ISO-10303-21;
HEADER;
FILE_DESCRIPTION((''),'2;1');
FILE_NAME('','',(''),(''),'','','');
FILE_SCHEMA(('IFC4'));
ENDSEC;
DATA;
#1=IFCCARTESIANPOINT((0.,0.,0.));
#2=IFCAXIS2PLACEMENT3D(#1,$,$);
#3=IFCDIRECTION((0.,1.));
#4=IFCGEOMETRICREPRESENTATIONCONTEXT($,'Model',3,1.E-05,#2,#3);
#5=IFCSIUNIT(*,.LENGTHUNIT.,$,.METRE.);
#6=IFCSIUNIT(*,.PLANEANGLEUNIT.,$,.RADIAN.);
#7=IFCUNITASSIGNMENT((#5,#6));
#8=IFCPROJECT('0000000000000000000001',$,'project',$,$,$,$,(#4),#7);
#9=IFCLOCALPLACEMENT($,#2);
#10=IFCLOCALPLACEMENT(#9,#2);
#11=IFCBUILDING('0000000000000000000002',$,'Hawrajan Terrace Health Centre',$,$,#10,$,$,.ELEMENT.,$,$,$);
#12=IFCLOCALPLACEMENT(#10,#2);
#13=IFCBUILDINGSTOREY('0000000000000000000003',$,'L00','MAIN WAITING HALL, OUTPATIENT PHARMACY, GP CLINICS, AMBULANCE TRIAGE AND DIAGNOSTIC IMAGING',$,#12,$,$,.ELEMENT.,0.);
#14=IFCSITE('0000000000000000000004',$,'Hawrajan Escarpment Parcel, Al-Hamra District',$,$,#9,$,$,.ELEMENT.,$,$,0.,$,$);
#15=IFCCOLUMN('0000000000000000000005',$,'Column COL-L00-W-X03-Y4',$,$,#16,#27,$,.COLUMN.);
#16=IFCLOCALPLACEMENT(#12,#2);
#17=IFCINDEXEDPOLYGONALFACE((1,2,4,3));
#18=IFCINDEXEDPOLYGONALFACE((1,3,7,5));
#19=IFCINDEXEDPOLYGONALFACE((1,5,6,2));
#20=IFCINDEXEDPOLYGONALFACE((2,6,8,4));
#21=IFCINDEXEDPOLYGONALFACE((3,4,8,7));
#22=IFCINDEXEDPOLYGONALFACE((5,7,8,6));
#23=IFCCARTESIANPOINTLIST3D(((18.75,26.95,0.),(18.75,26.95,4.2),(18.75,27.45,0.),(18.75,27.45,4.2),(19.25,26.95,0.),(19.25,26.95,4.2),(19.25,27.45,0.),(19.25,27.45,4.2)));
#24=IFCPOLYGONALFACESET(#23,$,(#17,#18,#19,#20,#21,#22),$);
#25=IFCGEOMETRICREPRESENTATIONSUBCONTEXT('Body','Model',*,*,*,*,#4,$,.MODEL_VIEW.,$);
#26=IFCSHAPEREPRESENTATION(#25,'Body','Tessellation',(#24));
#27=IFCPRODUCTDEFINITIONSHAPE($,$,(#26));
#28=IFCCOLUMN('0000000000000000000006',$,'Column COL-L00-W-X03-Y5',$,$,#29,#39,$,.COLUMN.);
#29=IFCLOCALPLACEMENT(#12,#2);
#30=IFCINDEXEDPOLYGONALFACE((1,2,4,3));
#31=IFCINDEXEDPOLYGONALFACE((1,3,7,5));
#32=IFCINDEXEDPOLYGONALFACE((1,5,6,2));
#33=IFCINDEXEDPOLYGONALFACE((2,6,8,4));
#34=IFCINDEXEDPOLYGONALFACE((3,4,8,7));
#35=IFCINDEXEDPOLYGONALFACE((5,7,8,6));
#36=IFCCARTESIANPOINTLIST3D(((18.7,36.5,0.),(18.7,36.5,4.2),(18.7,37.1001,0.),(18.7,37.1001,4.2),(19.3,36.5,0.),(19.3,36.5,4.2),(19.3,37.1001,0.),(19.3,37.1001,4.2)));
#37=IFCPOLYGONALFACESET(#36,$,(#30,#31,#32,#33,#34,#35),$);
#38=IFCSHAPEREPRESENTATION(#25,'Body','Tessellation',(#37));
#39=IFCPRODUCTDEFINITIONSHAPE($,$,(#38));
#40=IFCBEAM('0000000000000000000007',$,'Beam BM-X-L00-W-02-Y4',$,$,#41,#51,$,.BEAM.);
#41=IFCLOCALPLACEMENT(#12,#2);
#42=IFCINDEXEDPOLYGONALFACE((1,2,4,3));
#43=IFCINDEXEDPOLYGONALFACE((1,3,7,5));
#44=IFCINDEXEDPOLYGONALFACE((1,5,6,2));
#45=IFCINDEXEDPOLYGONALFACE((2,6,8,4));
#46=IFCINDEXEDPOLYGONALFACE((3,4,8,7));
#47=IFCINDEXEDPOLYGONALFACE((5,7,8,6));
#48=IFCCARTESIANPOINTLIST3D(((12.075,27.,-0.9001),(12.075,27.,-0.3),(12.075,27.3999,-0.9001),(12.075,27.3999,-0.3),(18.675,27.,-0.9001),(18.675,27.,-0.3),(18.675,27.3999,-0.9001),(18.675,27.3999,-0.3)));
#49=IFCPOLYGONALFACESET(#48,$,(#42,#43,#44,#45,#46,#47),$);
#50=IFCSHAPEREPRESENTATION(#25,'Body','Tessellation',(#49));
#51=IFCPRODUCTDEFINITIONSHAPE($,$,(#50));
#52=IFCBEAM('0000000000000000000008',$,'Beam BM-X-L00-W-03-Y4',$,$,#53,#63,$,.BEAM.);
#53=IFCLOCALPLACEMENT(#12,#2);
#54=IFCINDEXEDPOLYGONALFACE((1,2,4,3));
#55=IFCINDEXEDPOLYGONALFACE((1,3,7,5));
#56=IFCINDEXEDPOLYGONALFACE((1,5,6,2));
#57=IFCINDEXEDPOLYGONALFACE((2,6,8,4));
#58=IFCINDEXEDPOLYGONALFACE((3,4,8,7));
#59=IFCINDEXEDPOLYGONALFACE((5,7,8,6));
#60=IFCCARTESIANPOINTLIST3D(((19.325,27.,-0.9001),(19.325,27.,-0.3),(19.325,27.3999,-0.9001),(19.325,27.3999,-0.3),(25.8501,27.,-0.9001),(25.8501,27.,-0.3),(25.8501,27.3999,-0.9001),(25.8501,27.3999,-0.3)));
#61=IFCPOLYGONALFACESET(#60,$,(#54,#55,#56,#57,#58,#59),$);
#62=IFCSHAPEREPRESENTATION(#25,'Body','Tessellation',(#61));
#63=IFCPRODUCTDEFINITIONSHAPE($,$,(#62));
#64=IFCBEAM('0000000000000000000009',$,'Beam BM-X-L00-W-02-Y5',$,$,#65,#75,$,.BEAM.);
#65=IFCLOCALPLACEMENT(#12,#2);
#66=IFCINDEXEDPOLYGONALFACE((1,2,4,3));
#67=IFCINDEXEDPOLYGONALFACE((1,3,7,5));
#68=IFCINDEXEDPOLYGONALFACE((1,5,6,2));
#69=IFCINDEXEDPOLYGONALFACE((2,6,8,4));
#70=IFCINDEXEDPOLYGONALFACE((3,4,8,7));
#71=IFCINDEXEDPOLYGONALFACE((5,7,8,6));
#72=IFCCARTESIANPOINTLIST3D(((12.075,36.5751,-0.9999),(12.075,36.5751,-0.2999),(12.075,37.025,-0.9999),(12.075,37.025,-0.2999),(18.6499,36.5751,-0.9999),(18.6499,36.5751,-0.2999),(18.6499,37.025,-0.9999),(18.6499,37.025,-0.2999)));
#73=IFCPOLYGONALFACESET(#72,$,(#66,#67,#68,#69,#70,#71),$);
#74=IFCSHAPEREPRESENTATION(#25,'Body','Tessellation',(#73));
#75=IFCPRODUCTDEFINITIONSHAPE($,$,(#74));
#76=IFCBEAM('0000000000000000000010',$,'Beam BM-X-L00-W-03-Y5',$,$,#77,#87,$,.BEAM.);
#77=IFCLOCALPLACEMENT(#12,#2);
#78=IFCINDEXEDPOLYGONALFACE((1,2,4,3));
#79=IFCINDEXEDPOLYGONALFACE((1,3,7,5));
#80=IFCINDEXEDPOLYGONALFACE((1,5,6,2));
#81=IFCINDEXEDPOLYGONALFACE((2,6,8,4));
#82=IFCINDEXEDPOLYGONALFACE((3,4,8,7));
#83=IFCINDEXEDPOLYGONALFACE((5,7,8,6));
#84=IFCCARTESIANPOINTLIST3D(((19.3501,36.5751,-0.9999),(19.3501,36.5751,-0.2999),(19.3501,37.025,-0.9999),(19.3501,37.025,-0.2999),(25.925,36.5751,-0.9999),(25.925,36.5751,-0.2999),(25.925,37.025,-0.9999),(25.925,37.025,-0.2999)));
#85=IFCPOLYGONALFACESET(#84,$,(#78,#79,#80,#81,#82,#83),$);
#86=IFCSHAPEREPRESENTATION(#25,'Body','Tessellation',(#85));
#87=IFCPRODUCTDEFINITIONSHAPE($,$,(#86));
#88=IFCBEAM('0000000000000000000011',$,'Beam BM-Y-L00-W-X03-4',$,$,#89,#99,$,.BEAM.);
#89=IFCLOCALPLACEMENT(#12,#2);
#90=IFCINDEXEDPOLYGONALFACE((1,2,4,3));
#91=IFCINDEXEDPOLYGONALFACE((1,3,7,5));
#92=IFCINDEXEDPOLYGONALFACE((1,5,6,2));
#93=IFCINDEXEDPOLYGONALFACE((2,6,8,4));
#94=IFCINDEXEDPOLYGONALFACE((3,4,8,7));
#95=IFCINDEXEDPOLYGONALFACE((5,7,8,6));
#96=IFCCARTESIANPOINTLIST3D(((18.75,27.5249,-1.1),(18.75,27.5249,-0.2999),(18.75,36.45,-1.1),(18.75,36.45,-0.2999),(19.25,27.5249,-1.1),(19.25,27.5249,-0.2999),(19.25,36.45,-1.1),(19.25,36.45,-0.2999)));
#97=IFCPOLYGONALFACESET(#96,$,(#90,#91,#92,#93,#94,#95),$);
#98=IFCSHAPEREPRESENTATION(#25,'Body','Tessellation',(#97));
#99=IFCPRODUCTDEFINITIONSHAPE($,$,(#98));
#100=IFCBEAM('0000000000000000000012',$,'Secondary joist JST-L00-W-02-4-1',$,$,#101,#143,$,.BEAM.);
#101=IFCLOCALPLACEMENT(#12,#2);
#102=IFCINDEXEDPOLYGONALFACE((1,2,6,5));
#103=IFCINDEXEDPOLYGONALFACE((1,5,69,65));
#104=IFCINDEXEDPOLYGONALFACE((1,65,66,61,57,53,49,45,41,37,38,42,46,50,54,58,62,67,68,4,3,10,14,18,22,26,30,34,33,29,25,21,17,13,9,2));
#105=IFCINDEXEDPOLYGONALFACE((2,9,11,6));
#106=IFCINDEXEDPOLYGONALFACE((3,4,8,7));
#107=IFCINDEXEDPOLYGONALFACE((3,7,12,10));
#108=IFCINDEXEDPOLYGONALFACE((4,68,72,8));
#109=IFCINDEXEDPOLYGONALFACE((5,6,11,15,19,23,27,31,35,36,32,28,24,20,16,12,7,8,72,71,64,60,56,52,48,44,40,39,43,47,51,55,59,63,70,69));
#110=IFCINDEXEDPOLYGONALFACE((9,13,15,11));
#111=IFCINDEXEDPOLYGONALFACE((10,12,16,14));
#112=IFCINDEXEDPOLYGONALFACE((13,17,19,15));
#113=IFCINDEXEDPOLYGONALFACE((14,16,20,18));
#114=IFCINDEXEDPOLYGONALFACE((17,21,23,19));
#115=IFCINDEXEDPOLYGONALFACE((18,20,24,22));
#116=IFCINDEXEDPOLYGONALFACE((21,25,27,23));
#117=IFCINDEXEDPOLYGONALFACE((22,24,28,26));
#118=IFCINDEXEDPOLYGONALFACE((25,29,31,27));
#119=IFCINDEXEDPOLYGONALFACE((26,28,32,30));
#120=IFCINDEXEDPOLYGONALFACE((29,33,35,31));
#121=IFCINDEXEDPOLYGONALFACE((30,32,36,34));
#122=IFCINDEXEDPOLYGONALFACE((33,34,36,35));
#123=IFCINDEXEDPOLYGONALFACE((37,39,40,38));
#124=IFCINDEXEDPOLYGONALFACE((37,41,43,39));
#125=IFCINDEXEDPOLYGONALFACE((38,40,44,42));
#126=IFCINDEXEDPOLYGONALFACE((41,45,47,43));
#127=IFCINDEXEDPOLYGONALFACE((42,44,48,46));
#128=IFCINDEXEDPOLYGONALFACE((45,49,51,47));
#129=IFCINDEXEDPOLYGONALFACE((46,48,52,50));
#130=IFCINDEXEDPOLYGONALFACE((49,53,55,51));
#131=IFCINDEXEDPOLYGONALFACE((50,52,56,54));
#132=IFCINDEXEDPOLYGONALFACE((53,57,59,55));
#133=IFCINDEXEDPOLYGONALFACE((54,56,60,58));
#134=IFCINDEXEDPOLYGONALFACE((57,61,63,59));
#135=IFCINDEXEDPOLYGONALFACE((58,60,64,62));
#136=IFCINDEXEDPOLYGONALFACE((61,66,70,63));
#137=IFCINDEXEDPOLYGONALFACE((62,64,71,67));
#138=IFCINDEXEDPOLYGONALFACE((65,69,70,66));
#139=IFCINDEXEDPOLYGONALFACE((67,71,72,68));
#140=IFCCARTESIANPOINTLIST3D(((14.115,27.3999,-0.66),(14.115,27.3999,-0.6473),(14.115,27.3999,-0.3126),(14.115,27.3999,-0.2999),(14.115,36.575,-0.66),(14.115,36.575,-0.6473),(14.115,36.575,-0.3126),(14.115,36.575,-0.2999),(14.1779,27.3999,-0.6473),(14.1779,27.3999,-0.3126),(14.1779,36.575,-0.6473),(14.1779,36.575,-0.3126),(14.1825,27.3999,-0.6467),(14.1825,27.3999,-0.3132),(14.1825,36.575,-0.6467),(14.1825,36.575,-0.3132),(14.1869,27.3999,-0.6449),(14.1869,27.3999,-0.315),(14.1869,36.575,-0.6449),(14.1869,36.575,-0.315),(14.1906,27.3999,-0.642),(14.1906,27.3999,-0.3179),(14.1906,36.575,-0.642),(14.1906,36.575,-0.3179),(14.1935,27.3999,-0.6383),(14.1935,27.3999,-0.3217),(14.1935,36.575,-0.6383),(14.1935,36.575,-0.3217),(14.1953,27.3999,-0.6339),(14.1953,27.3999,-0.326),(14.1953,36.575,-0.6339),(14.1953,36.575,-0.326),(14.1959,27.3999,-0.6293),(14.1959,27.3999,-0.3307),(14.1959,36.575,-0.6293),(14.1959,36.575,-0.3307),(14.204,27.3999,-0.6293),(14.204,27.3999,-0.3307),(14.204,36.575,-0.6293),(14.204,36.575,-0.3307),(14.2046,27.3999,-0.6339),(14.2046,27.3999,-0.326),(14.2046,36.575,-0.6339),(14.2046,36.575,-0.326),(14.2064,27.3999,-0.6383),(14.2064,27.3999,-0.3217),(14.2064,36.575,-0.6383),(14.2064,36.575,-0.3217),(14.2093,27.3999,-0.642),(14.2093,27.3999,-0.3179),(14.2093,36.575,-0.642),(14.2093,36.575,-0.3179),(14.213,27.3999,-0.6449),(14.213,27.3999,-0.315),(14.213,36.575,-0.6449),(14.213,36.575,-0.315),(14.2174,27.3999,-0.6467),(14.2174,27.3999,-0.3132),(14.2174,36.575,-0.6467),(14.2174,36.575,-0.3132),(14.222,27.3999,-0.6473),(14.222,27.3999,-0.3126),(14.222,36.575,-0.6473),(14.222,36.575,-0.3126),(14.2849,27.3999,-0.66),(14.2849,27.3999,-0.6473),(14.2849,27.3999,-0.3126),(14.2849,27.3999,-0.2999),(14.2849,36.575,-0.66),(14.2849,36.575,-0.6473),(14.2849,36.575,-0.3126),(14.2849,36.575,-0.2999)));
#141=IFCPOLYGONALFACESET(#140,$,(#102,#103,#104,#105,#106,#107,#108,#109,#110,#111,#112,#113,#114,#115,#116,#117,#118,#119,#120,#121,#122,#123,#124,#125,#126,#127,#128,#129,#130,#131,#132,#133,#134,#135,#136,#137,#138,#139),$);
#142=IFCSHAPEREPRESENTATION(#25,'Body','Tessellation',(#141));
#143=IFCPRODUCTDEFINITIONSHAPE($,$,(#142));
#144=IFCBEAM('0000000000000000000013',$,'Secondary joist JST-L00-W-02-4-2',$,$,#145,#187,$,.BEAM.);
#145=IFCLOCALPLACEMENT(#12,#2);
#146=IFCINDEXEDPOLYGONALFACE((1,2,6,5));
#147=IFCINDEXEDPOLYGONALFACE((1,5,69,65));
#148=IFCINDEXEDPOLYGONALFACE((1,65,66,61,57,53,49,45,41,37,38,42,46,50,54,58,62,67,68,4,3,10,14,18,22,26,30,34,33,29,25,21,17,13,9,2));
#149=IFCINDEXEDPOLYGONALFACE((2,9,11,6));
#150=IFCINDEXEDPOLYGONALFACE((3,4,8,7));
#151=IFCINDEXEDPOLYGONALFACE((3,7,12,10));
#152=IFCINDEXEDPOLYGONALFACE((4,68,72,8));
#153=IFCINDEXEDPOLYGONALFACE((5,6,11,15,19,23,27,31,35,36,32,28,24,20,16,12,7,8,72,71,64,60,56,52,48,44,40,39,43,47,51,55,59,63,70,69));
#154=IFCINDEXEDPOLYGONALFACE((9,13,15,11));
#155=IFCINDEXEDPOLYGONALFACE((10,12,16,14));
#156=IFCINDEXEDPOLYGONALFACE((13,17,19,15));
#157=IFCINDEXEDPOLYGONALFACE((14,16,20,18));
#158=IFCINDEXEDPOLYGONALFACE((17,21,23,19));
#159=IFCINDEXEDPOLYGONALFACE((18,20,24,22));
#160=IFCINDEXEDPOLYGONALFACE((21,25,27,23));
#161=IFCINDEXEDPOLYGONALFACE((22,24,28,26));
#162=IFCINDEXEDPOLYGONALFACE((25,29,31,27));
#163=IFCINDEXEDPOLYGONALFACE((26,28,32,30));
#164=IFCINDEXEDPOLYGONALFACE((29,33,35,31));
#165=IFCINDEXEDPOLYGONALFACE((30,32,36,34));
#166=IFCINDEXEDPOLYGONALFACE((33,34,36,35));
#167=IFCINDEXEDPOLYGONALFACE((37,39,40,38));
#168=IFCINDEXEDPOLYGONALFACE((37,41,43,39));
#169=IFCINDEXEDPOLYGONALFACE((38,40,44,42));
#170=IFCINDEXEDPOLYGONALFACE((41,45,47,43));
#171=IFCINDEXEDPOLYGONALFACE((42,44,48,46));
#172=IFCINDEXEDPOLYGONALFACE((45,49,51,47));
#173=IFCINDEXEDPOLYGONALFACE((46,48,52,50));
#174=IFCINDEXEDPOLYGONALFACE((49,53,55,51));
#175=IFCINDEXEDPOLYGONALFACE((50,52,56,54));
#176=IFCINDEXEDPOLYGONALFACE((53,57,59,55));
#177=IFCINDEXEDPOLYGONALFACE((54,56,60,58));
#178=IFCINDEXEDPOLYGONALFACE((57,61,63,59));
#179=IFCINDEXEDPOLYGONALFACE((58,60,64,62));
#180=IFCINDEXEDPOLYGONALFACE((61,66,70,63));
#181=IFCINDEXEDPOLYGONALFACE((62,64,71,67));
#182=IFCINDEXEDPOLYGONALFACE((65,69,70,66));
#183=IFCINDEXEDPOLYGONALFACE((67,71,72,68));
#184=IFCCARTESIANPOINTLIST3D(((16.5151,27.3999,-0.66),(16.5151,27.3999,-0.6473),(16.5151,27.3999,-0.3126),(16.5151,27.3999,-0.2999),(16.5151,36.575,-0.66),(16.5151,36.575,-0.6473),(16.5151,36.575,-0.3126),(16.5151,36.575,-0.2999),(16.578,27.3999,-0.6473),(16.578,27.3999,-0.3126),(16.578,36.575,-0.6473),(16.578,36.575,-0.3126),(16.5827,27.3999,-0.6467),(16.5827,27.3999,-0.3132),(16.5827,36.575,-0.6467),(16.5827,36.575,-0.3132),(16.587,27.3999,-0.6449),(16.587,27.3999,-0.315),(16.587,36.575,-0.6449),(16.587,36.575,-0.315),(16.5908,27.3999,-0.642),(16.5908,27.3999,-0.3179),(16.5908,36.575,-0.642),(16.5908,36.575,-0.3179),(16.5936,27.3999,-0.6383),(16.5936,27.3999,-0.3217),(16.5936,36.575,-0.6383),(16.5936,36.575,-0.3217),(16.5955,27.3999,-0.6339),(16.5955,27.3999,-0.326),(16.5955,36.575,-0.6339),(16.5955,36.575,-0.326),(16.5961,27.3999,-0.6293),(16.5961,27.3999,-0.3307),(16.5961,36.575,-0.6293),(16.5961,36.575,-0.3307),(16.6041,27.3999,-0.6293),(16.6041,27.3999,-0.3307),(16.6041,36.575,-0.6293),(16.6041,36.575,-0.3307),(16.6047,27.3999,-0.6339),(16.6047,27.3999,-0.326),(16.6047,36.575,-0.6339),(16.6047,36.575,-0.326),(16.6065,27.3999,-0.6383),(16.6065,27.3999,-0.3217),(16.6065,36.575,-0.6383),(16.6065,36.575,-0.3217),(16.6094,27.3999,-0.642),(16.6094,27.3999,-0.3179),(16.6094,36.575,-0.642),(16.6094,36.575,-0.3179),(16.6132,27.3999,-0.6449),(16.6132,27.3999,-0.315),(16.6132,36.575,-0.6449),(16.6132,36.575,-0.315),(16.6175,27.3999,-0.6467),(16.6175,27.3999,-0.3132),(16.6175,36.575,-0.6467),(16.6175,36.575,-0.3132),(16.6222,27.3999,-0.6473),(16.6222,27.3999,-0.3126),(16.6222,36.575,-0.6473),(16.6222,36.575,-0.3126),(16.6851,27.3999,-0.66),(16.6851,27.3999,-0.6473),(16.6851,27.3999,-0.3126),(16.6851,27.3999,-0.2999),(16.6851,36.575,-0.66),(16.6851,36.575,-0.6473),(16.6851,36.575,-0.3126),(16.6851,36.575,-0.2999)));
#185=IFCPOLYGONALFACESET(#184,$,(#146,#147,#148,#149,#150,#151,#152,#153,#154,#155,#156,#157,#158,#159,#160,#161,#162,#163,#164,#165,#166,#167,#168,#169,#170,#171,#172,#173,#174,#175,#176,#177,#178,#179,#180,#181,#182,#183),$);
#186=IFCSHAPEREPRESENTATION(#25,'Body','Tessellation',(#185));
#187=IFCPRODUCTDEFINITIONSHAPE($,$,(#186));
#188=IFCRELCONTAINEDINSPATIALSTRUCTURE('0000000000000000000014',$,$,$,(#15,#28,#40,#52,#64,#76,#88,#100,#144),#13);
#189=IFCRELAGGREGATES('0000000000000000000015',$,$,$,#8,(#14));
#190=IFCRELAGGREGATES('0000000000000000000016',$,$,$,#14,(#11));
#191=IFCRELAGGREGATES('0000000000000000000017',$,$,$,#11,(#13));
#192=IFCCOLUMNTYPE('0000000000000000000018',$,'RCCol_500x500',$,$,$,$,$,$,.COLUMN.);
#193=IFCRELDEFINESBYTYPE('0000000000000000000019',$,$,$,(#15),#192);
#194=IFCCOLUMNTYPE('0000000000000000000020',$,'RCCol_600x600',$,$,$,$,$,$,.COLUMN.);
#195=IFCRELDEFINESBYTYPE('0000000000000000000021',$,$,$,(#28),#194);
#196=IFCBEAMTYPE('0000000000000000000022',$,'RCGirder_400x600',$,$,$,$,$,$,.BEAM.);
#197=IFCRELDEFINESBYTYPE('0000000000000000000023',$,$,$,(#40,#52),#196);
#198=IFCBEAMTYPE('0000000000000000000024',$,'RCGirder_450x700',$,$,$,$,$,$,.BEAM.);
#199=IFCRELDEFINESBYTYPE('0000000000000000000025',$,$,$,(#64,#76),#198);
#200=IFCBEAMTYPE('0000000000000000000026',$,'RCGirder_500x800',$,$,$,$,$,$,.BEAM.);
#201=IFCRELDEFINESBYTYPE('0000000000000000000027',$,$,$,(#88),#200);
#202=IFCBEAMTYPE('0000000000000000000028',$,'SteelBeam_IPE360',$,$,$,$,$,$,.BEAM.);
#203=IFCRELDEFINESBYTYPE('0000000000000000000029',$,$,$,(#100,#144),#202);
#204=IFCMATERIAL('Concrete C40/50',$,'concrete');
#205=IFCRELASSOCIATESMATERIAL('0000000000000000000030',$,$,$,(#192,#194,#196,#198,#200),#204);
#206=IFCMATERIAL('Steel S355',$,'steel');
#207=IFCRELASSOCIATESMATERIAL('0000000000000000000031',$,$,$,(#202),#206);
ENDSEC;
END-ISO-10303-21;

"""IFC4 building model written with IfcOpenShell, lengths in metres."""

from ifc_helpers import new_model, si_unit, direction, frame, origin, origin_2d, place, context, subcontext, project, spatial, rectangle, i_section, extrude, material, material_profile, profile_set, type_object, element, save


model = new_model("IFC4")

# Units and contexts
model_context = context("Model", 3, precision=1e-05, world=origin(), true_north=direction((0.0, 1.0)))
body_context = subcontext(model_context, "Body", "Model", "MODEL_VIEW")
ifc_project = project(units=[si_unit("LENGTHUNIT", "METRE"), si_unit("PLANEANGLEUNIT", "RADIAN")], contexts=[model_context])

# Site, building, storey
site_placement = place(None, origin())
site = spatial("IfcSite", under=ifc_project, at=site_placement, Name="Hawrajan Escarpment Parcel, Al-Hamra District", CompositionType="ELEMENT", RefElevation=0.0)
building_placement = place(site_placement, origin())
building = spatial("IfcBuilding", under=site, at=building_placement, Name="Hawrajan Terrace Health Centre", CompositionType="ELEMENT")
storey_placement = place(building_placement, origin())
storey = spatial("IfcBuildingStorey", under=building, at=storey_placement, Name="L00", Description="MAIN WAITING HALL, OUTPATIENT PHARMACY, GP CLINICS, AMBULANCE TRIAGE AND DIAGNOSTIC IMAGING", CompositionType="ELEMENT", Elevation=0.0)

# Columns
ifc_material_1 = material(Name="Concrete C40/50", Category="concrete")
ifc_material_profile_1 = material_profile(ifc_material_1, rectangle(XDim=0.5, YDim=0.5, at=origin_2d()), Name="RC 500x500")
ifc_profile_set_1 = profile_set([ifc_material_profile_1], Name="Concrete C40/50")
column_type_1 = type_object("IfcColumnType", Name="RCCol_500x500", PredefinedType="COLUMN", material=ifc_profile_set_1)
column_1_placement = place(storey_placement, frame((19.0, 27.2, 0.0), z_axis=(0.0, 0.0, 1.0), x_axis=(1.0, 0.0, 0.0)))
element("IfcColumn", 1, at=column_1_placement, inside=storey, type_object=column_type_1, Name="Column COL-L00-W-X03-Y4", PredefinedType="COLUMN", context=body_context, shape_type="SweptSolid", body=[
    extrude(rectangle(XDim=0.5, YDim=0.5, at=origin_2d()), origin(), (0.0, 0.0, 1.0), 4.2),
])
ifc_material_profile_2 = material_profile(ifc_material_1, rectangle(XDim=0.6001, YDim=0.6001, at=origin_2d()), Name="RC 600x600")
ifc_profile_set_2 = profile_set([ifc_material_profile_2], Name="Concrete C40/50")
column_type_2 = type_object("IfcColumnType", Name="RCCol_600x600", PredefinedType="COLUMN", material=ifc_profile_set_2)
column_2_placement = place(storey_placement, frame((19.0, 36.8, 0.0), z_axis=(0.0, 0.0, 1.0), x_axis=(1.0, 0.0, 0.0)))
element("IfcColumn", 2, at=column_2_placement, inside=storey, type_object=column_type_2, Name="Column COL-L00-W-X03-Y5", PredefinedType="COLUMN", context=body_context, shape_type="SweptSolid", body=[
    extrude(rectangle(XDim=0.6001, YDim=0.6001, at=origin_2d()), origin(), (0.0, 0.0, 1.0), 4.2),
])

# Beams
ifc_material_profile_3 = material_profile(ifc_material_1, rectangle(XDim=0.3999, YDim=0.6001, at=origin_2d()), Name="RC BM 400x600")
ifc_profile_set_3 = profile_set([ifc_material_profile_3], Name="Concrete C40/50")
beam_type_1 = type_object("IfcBeamType", Name="RCGirder_400x600", PredefinedType="BEAM", material=ifc_profile_set_3)
beam_1_placement = place(storey_placement, frame((12.075, 27.2, -0.6001), z_axis=(1.0, 0.0, 0.0), x_axis=(0.0, 1.0, 0.0)))
element("IfcBeam", 3, at=beam_1_placement, inside=storey, type_object=beam_type_1, Name="Beam BM-X-L00-W-02-Y4", PredefinedType="BEAM", context=body_context, shape_type="SweptSolid", body=[
    extrude(rectangle(XDim=0.3999, YDim=0.6001, at=origin_2d()), origin(), (0.0, 0.0, 1.0), 6.6001),
])
beam_2_placement = place(storey_placement, frame((19.325, 27.2, -0.6001), z_axis=(1.0, 0.0, 0.0), x_axis=(0.0, 1.0, 0.0)))
element("IfcBeam", 4, at=beam_2_placement, inside=storey, type_object=beam_type_1, Name="Beam BM-X-L00-W-03-Y4", PredefinedType="BEAM", context=body_context, shape_type="SweptSolid", body=[
    extrude(rectangle(XDim=0.3999, YDim=0.6001, at=origin_2d()), origin(), (0.0, 0.0, 1.0), 6.5251),
])
ifc_material_profile_4 = material_profile(ifc_material_1, rectangle(XDim=0.45, YDim=0.7, at=origin_2d()), Name="RC BM 450x700")
ifc_profile_set_4 = profile_set([ifc_material_profile_4], Name="Concrete C40/50")
beam_type_2 = type_object("IfcBeamType", Name="RCGirder_450x700", PredefinedType="BEAM", material=ifc_profile_set_4)
for number, where, z_axis, x_axis, name in (
    (5, (12.075, 36.8, -0.6499), (1.0, 0.0, 0.0), (0.0, 1.0, 0.0), "Beam BM-X-L00-W-02-Y5"),
    (6, (19.3501, 36.8, -0.6499), (1.0, 0.0, 0.0), (0.0, 1.0, 0.0), "Beam BM-X-L00-W-03-Y5"),
):
    element("IfcBeam", number, at=place(storey_placement, frame(where, z_axis=z_axis, x_axis=x_axis)), inside=storey, type_object=beam_type_2, Name=name, PredefinedType="BEAM", context=body_context, shape_type="SweptSolid", body=[
        extrude(rectangle(XDim=0.45, YDim=0.7, at=origin_2d()), origin(), (0.0, 0.0, 1.0), 6.575),
    ])
ifc_material_profile_5 = material_profile(ifc_material_1, rectangle(XDim=0.5, YDim=0.8, at=origin_2d()), Name="RC BM 500x800")
ifc_profile_set_5 = profile_set([ifc_material_profile_5], Name="Concrete C40/50")
beam_type_3 = type_object("IfcBeamType", Name="RCGirder_500x800", PredefinedType="BEAM", material=ifc_profile_set_5)
beam_3_placement = place(storey_placement, frame((19.0, 27.5249, -0.7), z_axis=(0.0, 1.0, 0.0), x_axis=(-1.0, 0.0, 0.0)))
element("IfcBeam", 7, at=beam_3_placement, inside=storey, type_object=beam_type_3, Name="Beam BM-Y-L00-W-X03-4", PredefinedType="BEAM", context=body_context, shape_type="SweptSolid", body=[
    extrude(rectangle(XDim=0.5, YDim=0.8, at=origin_2d()), origin(), (0.0, 0.0, 1.0), 8.925),
])
ifc_material_2 = material(Name="Steel S355", Category="steel")
ifc_material_profile_6 = material_profile(ifc_material_2, i_section(OverallWidth=0.1699, OverallDepth=0.3601, WebThickness=0.0081, FlangeThickness=0.0127, FilletRadius=0.0181, at=origin_2d()), Name="IPE 360")
ifc_profile_set_6 = profile_set([ifc_material_profile_6], Name="Steel S355")
beam_type_4 = type_object("IfcBeamType", Name="SteelBeam_IPE360", PredefinedType="BEAM", material=ifc_profile_set_6)
for number, where, z_axis, x_axis, name in (
    (8, (14.2, 27.3999, -0.48), (0.0, 1.0, 0.0), (-1.0, 0.0, 0.0), "Secondary joist JST-L00-W-02-4-1"),
    (9, (16.6001, 27.3999, -0.48), (0.0, 1.0, 0.0), (-1.0, 0.0, 0.0), "Secondary joist JST-L00-W-02-4-2"),
):
    element("IfcBeam", number, at=place(storey_placement, frame(where, z_axis=z_axis, x_axis=x_axis)), inside=storey, type_object=beam_type_4, Name=name, PredefinedType="BEAM", context=body_context, shape_type="SweptSolid", body=[
        extrude(i_section(OverallWidth=0.1699, OverallDepth=0.3601, WebThickness=0.0081, FlangeThickness=0.0127, FilletRadius=0.0181, at=origin_2d()), origin(), (0.0, 0.0, 1.0), 9.175),
    ])

save(model, "model.ifc")
